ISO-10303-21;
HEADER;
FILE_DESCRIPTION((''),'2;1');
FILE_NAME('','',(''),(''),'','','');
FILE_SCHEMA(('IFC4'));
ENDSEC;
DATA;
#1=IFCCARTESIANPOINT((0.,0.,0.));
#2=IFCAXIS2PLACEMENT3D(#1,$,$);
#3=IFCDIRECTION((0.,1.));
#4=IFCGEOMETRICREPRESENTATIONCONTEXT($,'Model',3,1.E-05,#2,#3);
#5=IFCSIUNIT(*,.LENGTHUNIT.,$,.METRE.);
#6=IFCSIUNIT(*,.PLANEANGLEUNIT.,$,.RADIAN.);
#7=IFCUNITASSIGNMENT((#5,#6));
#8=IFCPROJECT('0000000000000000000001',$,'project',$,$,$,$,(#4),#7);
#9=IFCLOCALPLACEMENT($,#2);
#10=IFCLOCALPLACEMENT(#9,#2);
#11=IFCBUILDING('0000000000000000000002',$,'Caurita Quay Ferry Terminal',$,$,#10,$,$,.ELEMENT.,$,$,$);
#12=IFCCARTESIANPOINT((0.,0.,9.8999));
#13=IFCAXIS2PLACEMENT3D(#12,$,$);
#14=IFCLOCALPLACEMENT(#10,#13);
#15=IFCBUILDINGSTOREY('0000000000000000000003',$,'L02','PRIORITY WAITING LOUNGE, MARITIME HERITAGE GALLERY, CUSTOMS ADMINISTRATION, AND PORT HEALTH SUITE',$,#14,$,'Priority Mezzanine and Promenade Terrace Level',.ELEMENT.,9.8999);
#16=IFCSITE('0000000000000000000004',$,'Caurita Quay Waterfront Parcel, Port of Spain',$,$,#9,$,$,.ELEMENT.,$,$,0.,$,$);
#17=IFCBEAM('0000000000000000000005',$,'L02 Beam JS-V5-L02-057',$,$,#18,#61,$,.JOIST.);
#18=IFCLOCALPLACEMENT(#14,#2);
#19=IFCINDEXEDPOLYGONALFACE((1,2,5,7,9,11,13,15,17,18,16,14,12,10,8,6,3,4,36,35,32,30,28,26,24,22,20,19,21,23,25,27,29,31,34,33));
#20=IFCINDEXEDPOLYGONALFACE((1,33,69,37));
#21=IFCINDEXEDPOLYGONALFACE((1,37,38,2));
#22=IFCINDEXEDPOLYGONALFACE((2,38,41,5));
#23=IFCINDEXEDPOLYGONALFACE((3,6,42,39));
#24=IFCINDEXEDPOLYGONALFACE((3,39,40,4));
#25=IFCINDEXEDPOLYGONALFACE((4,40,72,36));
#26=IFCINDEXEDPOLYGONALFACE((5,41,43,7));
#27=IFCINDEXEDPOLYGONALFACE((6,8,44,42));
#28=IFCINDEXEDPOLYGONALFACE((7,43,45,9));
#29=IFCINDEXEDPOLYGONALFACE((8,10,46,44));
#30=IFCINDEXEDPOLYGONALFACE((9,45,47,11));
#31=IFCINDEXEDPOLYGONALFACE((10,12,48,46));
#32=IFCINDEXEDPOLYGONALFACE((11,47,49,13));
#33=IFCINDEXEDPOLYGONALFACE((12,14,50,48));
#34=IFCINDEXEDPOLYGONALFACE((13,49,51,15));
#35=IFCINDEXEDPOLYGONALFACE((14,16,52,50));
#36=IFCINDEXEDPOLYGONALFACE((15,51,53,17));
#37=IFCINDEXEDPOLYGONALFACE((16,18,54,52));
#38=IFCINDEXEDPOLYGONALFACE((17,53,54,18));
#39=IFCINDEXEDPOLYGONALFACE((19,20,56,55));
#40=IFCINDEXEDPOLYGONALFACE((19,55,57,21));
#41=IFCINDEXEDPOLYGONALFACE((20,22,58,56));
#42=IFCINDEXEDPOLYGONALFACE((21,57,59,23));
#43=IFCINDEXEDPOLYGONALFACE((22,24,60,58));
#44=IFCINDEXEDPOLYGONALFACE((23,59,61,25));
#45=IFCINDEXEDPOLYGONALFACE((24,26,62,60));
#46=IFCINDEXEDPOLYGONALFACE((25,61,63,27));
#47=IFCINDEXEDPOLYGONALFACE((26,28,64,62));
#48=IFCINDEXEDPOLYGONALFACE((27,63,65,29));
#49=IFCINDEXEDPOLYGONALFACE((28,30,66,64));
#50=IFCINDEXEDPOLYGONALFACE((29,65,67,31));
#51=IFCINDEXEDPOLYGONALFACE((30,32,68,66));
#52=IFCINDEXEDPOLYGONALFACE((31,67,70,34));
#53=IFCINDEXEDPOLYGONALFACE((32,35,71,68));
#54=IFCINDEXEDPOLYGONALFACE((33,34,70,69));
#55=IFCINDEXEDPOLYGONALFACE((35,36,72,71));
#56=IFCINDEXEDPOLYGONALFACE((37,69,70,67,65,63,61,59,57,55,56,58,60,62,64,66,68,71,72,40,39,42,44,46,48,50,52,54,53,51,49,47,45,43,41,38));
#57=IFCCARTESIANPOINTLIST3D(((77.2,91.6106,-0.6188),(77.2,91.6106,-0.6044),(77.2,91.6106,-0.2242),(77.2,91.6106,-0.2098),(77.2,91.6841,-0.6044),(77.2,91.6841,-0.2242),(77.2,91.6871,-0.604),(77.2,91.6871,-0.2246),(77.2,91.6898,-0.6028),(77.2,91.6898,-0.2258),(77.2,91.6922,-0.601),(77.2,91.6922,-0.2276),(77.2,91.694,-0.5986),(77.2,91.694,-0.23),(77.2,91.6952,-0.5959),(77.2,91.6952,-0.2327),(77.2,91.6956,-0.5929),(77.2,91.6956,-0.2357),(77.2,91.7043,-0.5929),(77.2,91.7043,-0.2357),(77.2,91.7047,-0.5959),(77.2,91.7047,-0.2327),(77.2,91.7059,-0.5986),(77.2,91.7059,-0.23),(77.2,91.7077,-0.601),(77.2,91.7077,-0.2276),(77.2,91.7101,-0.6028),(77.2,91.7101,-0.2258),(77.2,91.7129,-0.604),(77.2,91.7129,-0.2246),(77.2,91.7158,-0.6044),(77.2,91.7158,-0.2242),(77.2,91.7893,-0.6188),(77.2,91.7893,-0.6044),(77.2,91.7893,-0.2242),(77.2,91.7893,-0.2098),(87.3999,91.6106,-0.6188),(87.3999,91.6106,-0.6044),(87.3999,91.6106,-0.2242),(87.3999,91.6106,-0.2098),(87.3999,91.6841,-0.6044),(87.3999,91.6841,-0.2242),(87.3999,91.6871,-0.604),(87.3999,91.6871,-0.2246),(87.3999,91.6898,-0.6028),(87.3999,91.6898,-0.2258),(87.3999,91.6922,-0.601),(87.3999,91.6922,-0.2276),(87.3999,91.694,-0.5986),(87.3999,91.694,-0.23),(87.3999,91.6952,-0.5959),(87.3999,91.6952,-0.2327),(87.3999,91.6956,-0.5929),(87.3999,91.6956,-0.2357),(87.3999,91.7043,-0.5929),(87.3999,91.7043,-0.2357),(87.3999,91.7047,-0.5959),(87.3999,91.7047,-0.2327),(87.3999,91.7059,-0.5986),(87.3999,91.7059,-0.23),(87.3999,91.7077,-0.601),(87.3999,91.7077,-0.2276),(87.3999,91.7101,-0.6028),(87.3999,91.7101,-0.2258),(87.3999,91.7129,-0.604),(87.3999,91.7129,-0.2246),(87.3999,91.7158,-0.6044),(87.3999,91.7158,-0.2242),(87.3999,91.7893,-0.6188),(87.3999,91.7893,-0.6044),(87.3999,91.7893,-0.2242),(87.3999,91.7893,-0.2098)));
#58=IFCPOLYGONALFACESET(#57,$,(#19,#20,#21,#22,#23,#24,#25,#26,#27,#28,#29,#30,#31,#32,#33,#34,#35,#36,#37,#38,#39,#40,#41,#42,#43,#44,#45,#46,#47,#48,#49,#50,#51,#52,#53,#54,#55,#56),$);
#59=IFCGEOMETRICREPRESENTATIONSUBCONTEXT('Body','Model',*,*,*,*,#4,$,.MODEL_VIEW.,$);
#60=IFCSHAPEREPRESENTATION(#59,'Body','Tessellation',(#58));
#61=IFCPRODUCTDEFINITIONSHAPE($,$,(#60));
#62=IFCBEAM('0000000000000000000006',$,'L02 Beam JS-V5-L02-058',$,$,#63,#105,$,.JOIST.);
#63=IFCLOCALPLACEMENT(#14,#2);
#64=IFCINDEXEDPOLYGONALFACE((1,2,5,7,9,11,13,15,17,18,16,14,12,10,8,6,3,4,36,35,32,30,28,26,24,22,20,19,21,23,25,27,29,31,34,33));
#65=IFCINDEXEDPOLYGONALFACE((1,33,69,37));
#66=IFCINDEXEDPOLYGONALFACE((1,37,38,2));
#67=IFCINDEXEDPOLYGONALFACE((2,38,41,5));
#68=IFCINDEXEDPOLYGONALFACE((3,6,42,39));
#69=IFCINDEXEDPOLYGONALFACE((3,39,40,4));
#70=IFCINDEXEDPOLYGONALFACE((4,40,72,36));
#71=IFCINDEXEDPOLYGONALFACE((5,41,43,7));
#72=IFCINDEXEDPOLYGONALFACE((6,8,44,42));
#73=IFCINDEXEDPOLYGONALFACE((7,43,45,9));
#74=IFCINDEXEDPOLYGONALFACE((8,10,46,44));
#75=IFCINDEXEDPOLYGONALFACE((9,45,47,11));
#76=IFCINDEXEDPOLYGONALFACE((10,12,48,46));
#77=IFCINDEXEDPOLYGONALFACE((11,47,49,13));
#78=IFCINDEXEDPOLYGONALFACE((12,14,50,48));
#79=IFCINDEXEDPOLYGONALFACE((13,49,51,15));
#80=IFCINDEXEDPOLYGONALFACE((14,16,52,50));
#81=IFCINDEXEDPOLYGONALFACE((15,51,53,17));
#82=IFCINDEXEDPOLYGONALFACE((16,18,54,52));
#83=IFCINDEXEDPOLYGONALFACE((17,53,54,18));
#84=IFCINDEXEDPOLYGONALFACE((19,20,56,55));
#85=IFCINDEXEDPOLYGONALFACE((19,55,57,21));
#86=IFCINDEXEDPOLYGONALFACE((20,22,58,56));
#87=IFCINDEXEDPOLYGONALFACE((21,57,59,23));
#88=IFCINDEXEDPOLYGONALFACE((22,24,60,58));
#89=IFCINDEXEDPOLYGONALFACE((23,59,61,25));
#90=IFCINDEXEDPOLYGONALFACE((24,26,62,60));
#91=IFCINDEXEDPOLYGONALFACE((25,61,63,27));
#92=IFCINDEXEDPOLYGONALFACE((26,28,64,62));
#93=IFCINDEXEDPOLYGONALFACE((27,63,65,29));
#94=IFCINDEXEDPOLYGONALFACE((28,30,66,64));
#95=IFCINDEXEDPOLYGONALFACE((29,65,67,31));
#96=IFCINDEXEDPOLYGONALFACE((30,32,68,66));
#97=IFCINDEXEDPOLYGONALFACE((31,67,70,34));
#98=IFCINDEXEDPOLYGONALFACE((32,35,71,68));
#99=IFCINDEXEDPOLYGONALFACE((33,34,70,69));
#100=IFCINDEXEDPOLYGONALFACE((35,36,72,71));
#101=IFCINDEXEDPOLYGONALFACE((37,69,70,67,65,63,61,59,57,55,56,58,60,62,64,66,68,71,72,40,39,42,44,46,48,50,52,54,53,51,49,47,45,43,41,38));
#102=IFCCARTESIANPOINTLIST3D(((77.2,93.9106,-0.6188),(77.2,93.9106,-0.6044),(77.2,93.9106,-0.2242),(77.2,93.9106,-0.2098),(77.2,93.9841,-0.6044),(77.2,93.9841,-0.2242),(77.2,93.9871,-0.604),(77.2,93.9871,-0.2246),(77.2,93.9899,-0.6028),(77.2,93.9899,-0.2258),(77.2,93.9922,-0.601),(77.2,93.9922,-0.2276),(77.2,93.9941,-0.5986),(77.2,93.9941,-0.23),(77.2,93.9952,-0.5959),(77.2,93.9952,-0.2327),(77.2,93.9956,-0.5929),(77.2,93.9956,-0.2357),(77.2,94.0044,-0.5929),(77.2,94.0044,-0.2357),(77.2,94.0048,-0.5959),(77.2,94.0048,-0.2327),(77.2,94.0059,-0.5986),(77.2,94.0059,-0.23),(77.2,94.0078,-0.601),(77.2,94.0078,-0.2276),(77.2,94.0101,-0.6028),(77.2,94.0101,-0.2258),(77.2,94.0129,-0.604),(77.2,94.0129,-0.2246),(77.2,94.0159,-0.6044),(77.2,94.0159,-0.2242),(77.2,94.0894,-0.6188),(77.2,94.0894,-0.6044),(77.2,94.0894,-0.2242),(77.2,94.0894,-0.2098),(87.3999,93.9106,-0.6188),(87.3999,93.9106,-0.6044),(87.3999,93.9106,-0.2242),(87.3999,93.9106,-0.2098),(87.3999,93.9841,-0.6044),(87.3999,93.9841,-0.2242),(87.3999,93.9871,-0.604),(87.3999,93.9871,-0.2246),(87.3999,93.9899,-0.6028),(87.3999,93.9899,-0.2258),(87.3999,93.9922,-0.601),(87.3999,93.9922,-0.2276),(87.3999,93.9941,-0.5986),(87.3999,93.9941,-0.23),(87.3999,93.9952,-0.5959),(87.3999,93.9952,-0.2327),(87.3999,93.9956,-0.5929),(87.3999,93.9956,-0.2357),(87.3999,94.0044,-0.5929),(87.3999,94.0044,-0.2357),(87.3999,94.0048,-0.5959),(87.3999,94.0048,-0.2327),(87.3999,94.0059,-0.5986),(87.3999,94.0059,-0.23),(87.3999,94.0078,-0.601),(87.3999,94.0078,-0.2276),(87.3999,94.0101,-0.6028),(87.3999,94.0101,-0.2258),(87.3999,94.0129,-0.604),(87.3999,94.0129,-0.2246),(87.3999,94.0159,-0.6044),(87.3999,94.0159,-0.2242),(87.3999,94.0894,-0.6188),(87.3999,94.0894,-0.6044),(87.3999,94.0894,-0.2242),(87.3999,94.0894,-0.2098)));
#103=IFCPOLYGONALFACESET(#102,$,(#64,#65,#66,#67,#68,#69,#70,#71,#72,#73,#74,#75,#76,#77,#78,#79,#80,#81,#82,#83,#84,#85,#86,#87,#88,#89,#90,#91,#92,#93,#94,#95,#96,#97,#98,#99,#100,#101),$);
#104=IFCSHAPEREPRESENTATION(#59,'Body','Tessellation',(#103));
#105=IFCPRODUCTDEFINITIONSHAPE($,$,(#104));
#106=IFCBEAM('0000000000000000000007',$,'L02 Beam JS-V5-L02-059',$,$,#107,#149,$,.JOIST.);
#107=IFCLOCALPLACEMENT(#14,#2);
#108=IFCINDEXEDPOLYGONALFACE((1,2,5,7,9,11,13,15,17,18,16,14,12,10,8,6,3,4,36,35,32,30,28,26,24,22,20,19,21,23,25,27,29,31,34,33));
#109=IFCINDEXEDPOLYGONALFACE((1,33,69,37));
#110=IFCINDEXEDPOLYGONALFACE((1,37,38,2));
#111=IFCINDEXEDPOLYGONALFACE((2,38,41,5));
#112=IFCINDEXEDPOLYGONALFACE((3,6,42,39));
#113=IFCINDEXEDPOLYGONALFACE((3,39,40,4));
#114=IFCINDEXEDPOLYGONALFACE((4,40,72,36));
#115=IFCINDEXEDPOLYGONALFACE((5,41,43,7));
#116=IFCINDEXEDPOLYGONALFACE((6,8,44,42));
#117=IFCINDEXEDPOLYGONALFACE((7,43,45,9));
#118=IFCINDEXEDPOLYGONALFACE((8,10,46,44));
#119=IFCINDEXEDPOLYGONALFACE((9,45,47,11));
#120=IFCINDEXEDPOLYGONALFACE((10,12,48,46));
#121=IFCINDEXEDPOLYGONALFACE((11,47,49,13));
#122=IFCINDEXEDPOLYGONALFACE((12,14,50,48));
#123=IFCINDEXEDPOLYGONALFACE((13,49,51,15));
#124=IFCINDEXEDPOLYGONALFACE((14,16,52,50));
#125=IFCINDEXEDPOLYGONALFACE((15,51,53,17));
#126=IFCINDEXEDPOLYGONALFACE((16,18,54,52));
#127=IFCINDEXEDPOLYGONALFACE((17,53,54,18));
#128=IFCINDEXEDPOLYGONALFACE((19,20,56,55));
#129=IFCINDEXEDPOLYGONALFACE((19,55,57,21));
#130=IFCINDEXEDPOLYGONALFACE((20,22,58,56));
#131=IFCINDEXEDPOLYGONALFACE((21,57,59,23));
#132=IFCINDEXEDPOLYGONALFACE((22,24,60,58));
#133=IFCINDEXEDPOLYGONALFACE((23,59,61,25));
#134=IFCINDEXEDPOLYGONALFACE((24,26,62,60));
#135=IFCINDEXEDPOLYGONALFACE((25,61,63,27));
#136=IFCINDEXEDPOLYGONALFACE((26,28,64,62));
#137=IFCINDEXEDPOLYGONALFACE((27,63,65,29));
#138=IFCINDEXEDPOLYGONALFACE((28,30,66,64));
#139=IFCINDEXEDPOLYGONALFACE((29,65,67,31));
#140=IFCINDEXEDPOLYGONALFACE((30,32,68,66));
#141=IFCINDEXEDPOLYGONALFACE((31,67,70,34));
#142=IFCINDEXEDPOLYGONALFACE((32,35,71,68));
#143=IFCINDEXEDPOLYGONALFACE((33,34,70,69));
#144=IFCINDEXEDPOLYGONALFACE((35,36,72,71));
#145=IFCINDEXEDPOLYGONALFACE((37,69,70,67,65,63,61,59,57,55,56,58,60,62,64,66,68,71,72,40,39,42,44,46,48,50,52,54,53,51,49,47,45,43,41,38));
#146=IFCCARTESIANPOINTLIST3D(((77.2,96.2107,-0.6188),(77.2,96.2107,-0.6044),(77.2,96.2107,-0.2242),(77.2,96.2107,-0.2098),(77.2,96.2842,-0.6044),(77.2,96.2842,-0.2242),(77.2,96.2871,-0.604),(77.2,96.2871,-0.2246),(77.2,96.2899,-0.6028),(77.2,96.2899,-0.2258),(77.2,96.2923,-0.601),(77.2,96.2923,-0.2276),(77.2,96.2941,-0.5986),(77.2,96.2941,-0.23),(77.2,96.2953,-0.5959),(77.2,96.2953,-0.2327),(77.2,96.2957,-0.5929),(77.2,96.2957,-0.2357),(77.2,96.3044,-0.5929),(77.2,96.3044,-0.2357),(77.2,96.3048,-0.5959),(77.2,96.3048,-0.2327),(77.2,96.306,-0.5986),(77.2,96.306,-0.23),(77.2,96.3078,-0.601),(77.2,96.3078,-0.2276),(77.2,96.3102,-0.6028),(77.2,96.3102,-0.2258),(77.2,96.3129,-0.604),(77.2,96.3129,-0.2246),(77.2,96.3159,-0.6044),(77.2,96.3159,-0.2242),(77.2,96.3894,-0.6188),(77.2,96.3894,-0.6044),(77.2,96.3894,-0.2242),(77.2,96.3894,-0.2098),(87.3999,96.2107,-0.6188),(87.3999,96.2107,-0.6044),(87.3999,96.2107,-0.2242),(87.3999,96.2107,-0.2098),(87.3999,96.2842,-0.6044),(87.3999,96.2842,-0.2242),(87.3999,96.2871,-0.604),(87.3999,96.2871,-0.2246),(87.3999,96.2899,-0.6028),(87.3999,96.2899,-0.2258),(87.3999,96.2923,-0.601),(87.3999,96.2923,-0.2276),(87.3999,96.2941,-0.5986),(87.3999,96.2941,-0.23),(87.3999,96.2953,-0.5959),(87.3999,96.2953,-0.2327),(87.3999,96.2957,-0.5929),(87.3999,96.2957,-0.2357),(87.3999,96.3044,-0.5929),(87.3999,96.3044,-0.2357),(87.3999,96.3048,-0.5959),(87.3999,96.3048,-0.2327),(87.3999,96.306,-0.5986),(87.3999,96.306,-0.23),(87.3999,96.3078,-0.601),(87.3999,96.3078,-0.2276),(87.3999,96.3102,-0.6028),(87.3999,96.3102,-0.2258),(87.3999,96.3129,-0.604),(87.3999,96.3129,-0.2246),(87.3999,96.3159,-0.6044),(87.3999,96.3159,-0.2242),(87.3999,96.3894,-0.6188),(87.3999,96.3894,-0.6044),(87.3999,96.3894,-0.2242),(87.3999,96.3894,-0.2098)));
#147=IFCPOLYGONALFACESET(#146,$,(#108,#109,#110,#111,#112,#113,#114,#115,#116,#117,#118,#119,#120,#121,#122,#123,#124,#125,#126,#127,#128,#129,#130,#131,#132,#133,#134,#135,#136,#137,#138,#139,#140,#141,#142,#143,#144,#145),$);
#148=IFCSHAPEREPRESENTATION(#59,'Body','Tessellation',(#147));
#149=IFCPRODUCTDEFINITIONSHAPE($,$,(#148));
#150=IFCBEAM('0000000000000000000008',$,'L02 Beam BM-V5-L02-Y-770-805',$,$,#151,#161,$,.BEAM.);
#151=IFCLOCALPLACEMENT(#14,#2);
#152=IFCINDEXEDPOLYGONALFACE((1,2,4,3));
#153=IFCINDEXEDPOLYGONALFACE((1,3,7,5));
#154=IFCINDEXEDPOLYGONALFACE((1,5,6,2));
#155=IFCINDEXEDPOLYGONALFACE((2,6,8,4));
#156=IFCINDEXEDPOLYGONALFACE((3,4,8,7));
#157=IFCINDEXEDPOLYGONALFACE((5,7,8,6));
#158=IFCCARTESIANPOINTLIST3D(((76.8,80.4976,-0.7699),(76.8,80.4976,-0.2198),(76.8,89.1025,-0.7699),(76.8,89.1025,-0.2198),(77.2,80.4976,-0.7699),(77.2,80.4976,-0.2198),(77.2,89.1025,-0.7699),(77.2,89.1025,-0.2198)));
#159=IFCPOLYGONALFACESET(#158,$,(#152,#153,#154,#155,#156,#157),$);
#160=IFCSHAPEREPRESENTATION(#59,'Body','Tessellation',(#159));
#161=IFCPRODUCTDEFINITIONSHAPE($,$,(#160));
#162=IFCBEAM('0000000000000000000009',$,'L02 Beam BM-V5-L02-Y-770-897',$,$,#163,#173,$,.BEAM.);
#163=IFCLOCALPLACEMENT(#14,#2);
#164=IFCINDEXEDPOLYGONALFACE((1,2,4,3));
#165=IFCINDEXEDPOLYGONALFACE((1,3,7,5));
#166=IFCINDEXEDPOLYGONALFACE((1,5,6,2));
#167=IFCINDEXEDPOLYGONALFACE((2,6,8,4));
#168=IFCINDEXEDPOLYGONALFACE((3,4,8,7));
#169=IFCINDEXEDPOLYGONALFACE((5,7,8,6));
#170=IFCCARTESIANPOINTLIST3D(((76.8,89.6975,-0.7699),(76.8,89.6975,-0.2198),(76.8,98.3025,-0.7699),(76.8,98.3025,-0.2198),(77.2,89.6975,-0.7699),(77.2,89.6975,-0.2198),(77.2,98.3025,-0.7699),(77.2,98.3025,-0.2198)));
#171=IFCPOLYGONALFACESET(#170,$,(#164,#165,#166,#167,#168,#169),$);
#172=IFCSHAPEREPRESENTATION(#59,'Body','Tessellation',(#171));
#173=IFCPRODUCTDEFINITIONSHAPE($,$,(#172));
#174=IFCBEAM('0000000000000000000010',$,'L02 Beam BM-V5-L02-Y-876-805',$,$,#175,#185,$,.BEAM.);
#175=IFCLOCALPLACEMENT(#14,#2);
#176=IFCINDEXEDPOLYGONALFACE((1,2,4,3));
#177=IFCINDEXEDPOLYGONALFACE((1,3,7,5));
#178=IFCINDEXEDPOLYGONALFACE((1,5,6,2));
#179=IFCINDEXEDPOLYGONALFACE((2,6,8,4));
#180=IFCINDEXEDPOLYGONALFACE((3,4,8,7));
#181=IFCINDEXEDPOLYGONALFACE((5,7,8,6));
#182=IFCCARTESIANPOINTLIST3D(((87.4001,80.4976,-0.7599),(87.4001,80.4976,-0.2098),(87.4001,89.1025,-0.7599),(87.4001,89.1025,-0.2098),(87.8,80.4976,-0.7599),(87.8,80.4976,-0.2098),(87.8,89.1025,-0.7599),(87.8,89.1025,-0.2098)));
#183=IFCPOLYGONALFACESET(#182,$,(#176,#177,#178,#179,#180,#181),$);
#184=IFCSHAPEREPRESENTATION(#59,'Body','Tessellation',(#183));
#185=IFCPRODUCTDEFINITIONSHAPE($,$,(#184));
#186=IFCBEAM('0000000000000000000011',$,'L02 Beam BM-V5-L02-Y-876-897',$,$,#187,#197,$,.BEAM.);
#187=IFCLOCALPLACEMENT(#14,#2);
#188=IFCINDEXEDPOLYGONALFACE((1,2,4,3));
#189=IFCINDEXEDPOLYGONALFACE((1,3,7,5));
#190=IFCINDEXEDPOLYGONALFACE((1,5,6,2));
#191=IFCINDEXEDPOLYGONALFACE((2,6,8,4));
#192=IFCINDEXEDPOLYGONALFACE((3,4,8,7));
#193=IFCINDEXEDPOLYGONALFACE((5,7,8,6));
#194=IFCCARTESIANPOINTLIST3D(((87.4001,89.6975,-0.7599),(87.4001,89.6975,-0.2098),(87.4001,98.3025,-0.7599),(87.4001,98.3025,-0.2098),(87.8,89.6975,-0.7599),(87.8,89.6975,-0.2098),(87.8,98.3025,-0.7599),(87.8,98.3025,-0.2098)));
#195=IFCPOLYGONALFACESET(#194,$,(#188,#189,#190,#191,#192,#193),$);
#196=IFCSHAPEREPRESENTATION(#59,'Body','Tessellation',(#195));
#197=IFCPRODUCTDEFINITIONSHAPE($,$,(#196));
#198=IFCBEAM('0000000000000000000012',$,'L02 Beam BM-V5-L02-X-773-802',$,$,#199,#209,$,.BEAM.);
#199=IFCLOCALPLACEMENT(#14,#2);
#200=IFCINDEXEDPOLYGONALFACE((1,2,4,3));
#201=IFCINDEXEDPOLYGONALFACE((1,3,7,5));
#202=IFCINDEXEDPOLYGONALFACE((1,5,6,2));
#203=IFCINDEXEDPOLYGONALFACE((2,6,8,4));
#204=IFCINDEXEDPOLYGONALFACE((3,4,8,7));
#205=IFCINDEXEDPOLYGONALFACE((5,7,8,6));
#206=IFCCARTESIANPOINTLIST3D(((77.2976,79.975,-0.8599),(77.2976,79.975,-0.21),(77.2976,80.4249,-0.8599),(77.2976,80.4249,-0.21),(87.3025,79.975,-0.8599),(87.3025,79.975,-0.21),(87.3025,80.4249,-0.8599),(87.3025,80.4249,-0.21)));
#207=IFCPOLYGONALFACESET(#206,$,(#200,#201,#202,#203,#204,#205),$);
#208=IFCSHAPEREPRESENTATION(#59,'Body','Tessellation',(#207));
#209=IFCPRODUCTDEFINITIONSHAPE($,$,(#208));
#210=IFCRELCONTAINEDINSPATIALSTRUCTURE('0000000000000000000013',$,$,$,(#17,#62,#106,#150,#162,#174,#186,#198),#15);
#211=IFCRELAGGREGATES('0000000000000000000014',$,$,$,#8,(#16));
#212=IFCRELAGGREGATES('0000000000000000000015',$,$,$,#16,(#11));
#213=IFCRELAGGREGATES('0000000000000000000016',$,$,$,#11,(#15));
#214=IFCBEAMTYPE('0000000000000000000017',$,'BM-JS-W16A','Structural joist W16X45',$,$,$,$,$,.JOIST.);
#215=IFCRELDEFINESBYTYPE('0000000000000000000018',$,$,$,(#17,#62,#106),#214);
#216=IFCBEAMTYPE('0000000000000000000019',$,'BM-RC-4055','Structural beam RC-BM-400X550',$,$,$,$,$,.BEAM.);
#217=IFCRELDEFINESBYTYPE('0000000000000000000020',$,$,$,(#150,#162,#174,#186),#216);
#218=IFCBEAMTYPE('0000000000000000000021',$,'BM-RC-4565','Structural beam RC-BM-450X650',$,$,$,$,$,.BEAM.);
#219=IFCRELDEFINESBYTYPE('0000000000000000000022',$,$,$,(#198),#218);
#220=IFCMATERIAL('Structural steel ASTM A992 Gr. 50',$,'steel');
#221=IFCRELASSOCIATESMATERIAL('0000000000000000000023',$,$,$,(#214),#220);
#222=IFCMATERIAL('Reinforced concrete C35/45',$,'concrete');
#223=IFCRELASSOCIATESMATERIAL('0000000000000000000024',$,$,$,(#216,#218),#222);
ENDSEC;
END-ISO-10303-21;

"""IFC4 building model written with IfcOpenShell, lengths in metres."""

from ifc_helpers import new_model, si_unit, direction, frame, origin, origin_2d, place, context, subcontext, project, spatial, rectangle, i_section, extrude, material, material_profile, profile_set, type_object, element, save


model = new_model("IFC4")

# Units and contexts
model_context = context("Model", 3, precision=1e-05, world=origin(), true_north=direction((0.0, 1.0)))
body_context = subcontext(model_context, "Body", "Model", "MODEL_VIEW")
ifc_project = project(units=[si_unit("LENGTHUNIT", "METRE"), si_unit("PLANEANGLEUNIT", "RADIAN")], contexts=[model_context])

# Site, building, storey
site_placement = place(None, origin())
site = spatial("IfcSite", under=ifc_project, at=site_placement, Name="Caurita Quay Waterfront Parcel, Port of Spain", CompositionType="ELEMENT", RefElevation=0.0)
building_placement = place(site_placement, origin())
building = spatial("IfcBuilding", under=site, at=building_placement, Name="Caurita Quay Ferry Terminal", CompositionType="ELEMENT")
storey_placement = place(building_placement, frame((0.0, 0.0, 9.8999)))
storey = spatial("IfcBuildingStorey", under=building, at=storey_placement, Name="L02", Description="PRIORITY WAITING LOUNGE, MARITIME HERITAGE GALLERY, CUSTOMS ADMINISTRATION, AND PORT HEALTH SUITE", LongName="Priority Mezzanine and Promenade Terrace Level", CompositionType="ELEMENT", Elevation=9.8999)

# Shared definitions
ifc_material_1 = material(Name="Reinforced concrete C35/45", Category="concrete")

# Beams
ifc_material_2 = material(Name="Structural steel ASTM A992 Gr. 50", Category="steel")
ifc_material_profile_1 = material_profile(ifc_material_2, i_section(OverallWidth=0.1787, OverallDepth=0.4089, WebThickness=0.0088, FlangeThickness=0.0144, FilletRadius=0.0115, at=origin_2d()), Name="W16X45")
ifc_profile_set_1 = profile_set([ifc_material_profile_1], Name="Structural steel ASTM A992 Gr. 50")
beam_type_1 = type_object("IfcBeamType", Name="BM-JS-W16A", Description="Structural joist W16X45", PredefinedType="JOIST", material=ifc_profile_set_1)
for number, where, z_axis, x_axis, name in (
    (1, (77.2, 91.7, -0.4143), (1.0, 0.0, 0.0), (0.0, 1.0, 0.0), "L02 Beam JS-V5-L02-057"),
    (2, (77.2, 94.0, -0.4143), (1.0, 0.0, 0.0), (0.0, 1.0, 0.0), "L02 Beam JS-V5-L02-058"),
    (3, (77.2, 96.3, -0.4143), (1.0, 0.0, 0.0), (0.0, 1.0, 0.0), "L02 Beam JS-V5-L02-059"),
):
    element("IfcBeam", number, at=place(storey_placement, frame(where, z_axis=z_axis, x_axis=x_axis)), inside=storey, type_object=beam_type_1, Name=name, PredefinedType="JOIST", context=body_context, shape_type="SweptSolid", body=[
        extrude(i_section(OverallWidth=0.1787, OverallDepth=0.4089, WebThickness=0.0088, FlangeThickness=0.0144, FilletRadius=0.0115, at=origin_2d()), origin(), (0.0, 0.0, 1.0), 10.2),
    ])
ifc_material_profile_2 = material_profile(ifc_material_1, rectangle(XDim=0.3999, YDim=0.55, at=origin_2d()), Name="RC-BM-400X550")
ifc_profile_set_2 = profile_set([ifc_material_profile_2], Name="Reinforced concrete C35/45")
beam_type_2 = type_object("IfcBeamType", Name="BM-RC-4055", Description="Structural beam RC-BM-400X550", PredefinedType="BEAM", material=ifc_profile_set_2)
for number, where, z_axis, x_axis, name in (
    (4, (77.0, 80.4976, -0.4949), (0.0, 1.0, 0.0), (-1.0, 0.0, 0.0), "L02 Beam BM-V5-L02-Y-770-805"),
    (5, (77.0, 89.6975, -0.4949), (0.0, 1.0, 0.0), (-1.0, 0.0, 0.0), "L02 Beam BM-V5-L02-Y-770-897"),
    (6, (87.6001, 80.4976, -0.4849), (0.0, 1.0, 0.0), (-1.0, 0.0, 0.0), "L02 Beam BM-V5-L02-Y-876-805"),
    (7, (87.6001, 89.6975, -0.4849), (0.0, 1.0, 0.0), (-1.0, 0.0, 0.0), "L02 Beam BM-V5-L02-Y-876-897"),
):
    element("IfcBeam", number, at=place(storey_placement, frame(where, z_axis=z_axis, x_axis=x_axis)), inside=storey, type_object=beam_type_2, Name=name, PredefinedType="BEAM", context=body_context, shape_type="SweptSolid", body=[
        extrude(rectangle(XDim=0.3999, YDim=0.55, at=origin_2d()), origin(), (0.0, 0.0, 1.0), 8.605),
    ])
ifc_material_profile_3 = material_profile(ifc_material_1, rectangle(XDim=0.45, YDim=0.6499, at=origin_2d()), Name="RC-BM-450X650")
ifc_profile_set_3 = profile_set([ifc_material_profile_3], Name="Reinforced concrete C35/45")
beam_type_3 = type_object("IfcBeamType", Name="BM-RC-4565", Description="Structural beam RC-BM-450X650", PredefinedType="BEAM", material=ifc_profile_set_3)
for number, where, z_axis, x_axis, name in (
    (8, (77.2976, 80.2, -0.5349), (1.0, 0.0, 0.0), (0.0, 1.0, 0.0), "L02 Beam BM-V5-L02-X-773-802"),
):
    element("IfcBeam", number, at=place(storey_placement, frame(where, z_axis=z_axis, x_axis=x_axis)), inside=storey, type_object=beam_type_3, Name=name, PredefinedType="BEAM", context=body_context, shape_type="SweptSolid", body=[
        extrude(rectangle(XDim=0.45, YDim=0.6499, at=origin_2d()), origin(), (0.0, 0.0, 1.0), 10.0049),
    ])

save(model, "model.ifc")
